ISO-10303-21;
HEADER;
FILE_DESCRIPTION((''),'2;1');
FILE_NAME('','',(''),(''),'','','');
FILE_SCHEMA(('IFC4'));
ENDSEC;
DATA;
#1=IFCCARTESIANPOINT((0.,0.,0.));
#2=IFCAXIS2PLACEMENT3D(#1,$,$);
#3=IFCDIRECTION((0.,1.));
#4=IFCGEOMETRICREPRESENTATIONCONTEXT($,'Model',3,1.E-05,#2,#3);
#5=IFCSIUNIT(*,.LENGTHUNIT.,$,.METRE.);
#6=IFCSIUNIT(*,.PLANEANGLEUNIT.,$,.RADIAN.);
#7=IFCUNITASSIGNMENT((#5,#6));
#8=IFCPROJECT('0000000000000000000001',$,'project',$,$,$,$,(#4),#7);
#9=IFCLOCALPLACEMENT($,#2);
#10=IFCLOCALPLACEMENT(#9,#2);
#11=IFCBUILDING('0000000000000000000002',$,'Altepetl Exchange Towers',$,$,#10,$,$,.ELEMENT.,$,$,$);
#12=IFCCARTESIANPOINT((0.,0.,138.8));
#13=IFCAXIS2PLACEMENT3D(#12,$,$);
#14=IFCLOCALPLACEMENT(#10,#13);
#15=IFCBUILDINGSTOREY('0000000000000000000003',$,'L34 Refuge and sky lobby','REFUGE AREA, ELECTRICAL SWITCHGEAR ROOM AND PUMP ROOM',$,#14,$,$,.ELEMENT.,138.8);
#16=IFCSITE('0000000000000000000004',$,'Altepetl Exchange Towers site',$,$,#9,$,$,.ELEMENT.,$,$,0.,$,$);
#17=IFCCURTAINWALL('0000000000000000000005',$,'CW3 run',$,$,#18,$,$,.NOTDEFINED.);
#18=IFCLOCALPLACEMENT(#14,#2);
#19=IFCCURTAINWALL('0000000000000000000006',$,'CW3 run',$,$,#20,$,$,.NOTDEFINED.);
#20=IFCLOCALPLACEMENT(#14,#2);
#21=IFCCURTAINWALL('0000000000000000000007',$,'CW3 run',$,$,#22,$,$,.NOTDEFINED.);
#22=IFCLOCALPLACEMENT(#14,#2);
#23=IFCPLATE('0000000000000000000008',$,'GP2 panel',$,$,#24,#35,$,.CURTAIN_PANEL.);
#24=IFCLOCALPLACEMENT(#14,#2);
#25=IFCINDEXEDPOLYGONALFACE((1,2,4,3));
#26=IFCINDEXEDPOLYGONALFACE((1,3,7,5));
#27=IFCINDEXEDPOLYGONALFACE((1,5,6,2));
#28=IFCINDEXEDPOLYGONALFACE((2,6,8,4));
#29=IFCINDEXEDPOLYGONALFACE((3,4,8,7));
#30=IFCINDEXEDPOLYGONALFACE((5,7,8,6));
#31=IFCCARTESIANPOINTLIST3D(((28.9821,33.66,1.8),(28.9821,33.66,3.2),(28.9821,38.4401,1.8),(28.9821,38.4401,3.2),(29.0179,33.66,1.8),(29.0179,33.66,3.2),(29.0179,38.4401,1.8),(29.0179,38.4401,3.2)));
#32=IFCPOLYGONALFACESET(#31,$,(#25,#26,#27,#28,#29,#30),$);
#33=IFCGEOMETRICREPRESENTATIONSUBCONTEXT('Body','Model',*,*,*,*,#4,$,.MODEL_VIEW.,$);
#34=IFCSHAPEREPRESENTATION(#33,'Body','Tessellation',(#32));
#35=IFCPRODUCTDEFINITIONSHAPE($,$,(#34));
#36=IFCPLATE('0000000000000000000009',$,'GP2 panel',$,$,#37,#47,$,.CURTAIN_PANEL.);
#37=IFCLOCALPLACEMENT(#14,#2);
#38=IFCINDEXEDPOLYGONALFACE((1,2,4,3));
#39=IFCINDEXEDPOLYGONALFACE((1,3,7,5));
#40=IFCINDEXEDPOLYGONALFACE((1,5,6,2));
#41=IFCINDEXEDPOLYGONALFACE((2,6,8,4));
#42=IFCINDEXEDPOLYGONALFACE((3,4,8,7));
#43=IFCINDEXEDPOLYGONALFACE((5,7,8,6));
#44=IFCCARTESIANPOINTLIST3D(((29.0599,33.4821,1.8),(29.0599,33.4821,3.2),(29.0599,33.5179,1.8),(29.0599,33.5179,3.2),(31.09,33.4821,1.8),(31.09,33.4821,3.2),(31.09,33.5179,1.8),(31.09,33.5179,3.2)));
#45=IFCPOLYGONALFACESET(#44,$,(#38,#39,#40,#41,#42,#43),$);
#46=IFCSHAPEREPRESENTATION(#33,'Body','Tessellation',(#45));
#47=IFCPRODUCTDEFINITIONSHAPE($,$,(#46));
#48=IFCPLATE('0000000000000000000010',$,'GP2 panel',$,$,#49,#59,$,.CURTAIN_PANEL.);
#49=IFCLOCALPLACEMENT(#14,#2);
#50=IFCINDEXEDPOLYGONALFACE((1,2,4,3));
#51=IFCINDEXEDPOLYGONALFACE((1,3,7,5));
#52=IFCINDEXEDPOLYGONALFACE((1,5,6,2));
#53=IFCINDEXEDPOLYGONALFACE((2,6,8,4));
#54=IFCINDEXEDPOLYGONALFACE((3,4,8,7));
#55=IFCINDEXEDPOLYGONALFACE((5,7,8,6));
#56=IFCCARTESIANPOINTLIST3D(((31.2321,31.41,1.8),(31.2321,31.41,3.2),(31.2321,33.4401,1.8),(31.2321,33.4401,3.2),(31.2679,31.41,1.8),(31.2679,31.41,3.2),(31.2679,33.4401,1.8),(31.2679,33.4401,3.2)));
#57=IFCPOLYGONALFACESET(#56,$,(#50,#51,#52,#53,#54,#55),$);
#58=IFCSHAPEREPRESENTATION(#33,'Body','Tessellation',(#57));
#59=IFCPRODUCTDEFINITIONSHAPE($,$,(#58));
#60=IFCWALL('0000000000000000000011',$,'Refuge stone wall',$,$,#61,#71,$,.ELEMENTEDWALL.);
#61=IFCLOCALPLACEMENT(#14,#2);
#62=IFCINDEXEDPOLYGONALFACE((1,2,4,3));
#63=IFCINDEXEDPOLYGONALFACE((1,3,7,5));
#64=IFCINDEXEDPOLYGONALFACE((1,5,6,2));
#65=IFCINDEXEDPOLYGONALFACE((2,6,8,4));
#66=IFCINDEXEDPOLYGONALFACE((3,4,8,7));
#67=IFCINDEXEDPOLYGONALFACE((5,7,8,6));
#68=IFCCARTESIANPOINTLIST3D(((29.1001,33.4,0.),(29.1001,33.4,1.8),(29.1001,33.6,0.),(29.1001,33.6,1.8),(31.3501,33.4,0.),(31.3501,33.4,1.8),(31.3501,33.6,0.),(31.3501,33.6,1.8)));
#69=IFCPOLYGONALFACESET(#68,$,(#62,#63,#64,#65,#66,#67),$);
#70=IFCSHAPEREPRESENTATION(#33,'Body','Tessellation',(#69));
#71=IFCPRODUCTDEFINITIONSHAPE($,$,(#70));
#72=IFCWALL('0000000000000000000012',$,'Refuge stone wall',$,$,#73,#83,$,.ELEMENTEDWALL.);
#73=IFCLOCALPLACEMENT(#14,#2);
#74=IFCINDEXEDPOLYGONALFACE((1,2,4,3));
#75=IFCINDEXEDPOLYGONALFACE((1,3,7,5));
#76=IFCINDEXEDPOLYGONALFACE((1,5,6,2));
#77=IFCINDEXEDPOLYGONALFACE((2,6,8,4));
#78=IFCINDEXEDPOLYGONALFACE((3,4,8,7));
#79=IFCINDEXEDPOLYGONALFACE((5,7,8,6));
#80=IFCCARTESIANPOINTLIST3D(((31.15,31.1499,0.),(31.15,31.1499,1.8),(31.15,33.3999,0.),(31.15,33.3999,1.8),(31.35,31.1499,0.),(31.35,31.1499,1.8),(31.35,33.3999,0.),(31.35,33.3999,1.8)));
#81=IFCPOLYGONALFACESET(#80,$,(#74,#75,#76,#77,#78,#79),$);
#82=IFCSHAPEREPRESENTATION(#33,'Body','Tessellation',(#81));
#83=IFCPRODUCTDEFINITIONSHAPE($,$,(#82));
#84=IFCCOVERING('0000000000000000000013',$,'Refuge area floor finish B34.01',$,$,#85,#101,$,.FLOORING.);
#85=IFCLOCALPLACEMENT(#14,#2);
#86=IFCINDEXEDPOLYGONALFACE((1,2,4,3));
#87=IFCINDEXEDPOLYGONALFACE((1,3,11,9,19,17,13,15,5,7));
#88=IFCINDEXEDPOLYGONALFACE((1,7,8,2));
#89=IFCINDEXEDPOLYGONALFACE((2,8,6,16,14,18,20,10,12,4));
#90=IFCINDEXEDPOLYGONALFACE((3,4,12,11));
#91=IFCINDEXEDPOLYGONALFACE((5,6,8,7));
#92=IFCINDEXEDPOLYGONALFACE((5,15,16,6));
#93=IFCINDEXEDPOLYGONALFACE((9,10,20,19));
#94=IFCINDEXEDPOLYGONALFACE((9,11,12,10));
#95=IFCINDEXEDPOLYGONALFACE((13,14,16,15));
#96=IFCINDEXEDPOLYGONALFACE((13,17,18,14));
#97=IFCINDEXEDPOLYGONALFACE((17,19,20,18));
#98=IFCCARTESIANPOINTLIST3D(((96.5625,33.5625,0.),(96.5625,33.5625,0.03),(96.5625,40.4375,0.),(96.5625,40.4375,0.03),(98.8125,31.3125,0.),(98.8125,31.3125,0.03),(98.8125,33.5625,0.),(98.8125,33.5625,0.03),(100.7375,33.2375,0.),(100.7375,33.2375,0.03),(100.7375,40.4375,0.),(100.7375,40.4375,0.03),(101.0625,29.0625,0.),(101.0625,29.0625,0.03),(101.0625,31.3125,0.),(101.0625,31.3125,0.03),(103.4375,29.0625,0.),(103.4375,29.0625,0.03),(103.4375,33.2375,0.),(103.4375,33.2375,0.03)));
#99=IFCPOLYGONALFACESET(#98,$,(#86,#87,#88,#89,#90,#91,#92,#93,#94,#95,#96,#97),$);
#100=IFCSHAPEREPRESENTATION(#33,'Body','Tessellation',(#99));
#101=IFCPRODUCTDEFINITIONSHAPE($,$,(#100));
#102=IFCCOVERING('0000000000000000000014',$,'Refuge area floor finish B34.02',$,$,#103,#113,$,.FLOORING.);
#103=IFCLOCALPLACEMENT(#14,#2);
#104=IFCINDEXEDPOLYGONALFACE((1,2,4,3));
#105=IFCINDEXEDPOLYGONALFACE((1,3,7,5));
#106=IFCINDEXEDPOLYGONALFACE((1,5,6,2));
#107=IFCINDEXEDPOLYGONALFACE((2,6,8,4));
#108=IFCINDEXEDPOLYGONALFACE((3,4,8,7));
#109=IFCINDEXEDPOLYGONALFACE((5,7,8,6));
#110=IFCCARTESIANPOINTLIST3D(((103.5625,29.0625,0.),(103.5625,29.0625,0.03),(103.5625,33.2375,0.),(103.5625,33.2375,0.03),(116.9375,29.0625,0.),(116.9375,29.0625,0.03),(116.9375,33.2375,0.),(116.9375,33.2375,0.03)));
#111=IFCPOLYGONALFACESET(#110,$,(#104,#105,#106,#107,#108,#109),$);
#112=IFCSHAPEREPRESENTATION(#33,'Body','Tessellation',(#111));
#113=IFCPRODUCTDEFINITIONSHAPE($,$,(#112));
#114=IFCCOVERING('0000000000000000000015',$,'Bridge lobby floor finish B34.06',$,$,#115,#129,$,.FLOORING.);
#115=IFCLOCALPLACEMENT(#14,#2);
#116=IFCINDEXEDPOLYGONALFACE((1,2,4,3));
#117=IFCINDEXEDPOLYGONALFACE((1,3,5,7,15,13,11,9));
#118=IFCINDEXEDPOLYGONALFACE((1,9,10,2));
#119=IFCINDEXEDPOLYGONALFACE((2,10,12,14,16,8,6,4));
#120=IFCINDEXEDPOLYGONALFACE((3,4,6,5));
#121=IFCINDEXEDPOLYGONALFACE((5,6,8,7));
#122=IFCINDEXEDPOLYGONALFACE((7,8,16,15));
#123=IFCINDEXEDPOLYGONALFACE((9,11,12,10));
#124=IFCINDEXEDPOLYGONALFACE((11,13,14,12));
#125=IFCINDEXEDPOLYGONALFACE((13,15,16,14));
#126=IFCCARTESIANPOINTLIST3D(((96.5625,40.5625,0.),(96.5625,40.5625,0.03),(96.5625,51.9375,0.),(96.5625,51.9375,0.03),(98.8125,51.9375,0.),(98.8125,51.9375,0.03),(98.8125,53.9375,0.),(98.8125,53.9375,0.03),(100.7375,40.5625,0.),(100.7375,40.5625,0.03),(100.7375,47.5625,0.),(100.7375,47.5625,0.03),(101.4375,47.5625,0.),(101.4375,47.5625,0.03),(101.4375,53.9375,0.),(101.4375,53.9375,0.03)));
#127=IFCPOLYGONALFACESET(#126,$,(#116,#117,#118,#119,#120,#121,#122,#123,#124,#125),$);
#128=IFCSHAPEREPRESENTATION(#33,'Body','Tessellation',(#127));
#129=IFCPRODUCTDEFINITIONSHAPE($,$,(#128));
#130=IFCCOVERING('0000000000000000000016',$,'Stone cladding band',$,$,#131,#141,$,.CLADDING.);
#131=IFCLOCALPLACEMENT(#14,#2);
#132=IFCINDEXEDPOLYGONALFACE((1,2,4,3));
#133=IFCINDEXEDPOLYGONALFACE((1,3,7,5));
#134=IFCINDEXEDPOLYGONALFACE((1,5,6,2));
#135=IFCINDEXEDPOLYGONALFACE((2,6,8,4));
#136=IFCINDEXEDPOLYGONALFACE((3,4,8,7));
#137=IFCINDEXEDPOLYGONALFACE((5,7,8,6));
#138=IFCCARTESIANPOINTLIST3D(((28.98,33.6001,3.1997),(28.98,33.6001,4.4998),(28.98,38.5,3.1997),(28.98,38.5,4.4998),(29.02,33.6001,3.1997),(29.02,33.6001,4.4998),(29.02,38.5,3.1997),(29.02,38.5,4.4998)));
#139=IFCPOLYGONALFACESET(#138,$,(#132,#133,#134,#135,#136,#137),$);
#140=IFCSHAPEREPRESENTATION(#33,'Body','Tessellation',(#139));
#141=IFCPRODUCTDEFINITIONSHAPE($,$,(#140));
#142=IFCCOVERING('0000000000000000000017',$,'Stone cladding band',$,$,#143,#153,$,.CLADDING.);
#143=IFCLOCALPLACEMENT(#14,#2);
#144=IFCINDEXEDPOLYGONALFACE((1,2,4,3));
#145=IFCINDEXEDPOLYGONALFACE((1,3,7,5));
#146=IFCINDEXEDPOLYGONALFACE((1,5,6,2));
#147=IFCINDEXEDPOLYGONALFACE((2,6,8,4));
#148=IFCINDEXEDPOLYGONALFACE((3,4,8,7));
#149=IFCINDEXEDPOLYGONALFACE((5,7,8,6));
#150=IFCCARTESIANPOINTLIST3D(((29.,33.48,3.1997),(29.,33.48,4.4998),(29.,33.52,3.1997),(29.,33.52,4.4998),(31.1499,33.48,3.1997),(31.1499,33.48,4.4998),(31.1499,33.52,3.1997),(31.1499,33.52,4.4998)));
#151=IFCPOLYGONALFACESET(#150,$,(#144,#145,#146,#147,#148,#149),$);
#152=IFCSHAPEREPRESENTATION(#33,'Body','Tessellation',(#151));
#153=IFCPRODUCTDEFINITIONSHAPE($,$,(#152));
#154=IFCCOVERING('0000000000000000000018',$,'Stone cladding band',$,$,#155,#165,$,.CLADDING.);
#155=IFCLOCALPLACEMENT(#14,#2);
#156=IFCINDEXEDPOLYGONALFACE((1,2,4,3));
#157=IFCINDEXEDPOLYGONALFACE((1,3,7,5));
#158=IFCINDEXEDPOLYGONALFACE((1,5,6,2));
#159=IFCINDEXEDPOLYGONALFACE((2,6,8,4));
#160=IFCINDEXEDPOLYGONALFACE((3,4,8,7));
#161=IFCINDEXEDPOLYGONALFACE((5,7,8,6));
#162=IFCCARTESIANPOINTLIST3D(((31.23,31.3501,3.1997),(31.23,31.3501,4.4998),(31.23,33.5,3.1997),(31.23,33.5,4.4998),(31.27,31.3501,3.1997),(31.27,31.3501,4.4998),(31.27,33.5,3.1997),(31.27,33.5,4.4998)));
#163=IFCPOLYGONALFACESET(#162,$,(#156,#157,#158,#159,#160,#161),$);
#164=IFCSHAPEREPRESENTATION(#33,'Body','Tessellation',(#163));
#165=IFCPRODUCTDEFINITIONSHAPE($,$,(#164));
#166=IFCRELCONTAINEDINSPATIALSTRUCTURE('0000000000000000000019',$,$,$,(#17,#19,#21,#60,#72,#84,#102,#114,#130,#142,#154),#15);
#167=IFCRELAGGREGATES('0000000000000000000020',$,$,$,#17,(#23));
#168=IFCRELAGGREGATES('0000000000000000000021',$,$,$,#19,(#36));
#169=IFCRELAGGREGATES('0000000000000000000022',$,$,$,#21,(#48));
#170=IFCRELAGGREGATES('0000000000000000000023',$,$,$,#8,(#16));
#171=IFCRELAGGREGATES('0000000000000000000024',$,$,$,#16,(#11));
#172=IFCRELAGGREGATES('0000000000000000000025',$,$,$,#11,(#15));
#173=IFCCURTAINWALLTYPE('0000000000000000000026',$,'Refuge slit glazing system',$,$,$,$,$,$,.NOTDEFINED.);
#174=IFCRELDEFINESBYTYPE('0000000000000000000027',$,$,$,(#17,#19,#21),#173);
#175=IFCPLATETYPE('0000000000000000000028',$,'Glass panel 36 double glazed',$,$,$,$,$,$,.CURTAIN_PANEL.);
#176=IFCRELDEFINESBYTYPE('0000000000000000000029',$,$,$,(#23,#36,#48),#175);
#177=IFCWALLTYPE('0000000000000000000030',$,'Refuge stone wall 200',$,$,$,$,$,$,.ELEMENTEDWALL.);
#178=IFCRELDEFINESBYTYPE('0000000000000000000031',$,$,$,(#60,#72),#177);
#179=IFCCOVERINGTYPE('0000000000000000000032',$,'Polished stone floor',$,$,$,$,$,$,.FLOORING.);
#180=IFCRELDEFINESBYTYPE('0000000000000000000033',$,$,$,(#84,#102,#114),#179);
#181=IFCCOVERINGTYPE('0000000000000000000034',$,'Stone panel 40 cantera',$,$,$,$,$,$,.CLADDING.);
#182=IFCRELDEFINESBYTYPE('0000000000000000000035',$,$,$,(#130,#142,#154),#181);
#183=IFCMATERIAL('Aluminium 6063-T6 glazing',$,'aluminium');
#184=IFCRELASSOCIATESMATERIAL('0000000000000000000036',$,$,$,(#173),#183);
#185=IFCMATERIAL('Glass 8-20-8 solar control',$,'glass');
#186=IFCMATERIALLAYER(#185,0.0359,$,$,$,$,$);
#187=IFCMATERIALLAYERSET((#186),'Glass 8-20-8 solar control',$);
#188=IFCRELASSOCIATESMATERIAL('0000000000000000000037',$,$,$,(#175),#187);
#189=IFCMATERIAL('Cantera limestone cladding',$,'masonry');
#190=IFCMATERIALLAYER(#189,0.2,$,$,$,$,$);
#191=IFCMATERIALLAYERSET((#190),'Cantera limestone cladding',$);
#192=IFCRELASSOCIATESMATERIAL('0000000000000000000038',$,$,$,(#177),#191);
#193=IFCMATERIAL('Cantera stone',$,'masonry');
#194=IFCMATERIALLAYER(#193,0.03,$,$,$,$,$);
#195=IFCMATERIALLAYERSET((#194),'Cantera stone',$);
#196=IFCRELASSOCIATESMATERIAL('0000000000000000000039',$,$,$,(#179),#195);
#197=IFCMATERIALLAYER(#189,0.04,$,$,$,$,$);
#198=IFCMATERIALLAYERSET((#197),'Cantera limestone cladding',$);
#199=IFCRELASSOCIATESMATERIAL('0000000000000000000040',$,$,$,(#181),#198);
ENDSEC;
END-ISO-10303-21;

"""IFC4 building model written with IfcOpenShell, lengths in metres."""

from ifc_helpers import new_model, si_unit, direction, frame, frame_2d, origin, origin_2d, place, context, subcontext, project, spatial, polyline, rectangle, outline, extrude, material, layer, layer_set, type_object, element, aggregate, save


model = new_model("IFC4")

# Units and contexts
model_context = context("Model", 3, precision=1e-05, world=origin(), true_north=direction((0.0, 1.0)))
body_context = subcontext(model_context, "Body", "Model", "MODEL_VIEW")
ifc_project = project(units=[si_unit("LENGTHUNIT", "METRE"), si_unit("PLANEANGLEUNIT", "RADIAN")], contexts=[model_context])

# Site, building, storey
site_placement = place(None, origin())
site = spatial("IfcSite", under=ifc_project, at=site_placement, Name="Altepetl Exchange Towers site", CompositionType="ELEMENT", RefElevation=0.0)
building_placement = place(site_placement, origin())
building = spatial("IfcBuilding", under=site, at=building_placement, Name="Altepetl Exchange Towers", CompositionType="ELEMENT")
storey_placement = place(building_placement, frame((0.0, 0.0, 138.8)))
storey = spatial("IfcBuildingStorey", under=building, at=storey_placement, Name="L34 Refuge and sky lobby", Description="REFUGE AREA, ELECTRICAL SWITCHGEAR ROOM AND PUMP ROOM", CompositionType="ELEMENT", Elevation=138.8)

# Curtain wall
ifc_material_1 = material(Name="Aluminium 6063-T6 glazing", Category="aluminium")
curtain_wall_type = type_object("IfcCurtainWallType", Name="Refuge slit glazing system", PredefinedType="NOTDEFINED", material=ifc_material_1)
curtain_wall_1_placement = place(storey_placement, origin())
curtain_wall_1 = element("IfcCurtainWall", 1, at=curtain_wall_1_placement, inside=storey, type_object=curtain_wall_type, Name="CW3 run", PredefinedType="NOTDEFINED")

# Curtain walls
curtain_wall_2_placement = place(storey_placement, origin())
curtain_wall_2 = element("IfcCurtainWall", 2, at=curtain_wall_2_placement, inside=storey, type_object=curtain_wall_type, Name="CW3 run", PredefinedType="NOTDEFINED")
curtain_wall_3_placement = place(storey_placement, origin())
curtain_wall_3 = element("IfcCurtainWall", 3, at=curtain_wall_3_placement, inside=storey, type_object=curtain_wall_type, Name="CW3 run", PredefinedType="NOTDEFINED")

# Plates
ifc_material_2 = material(Name="Glass 8-20-8 solar control", Category="glass")
ifc_layer_1 = layer(ifc_material_2, 0.0359)
ifc_layer_set_1 = layer_set([ifc_layer_1], Name="Glass 8-20-8 solar control")
plate_type = type_object("IfcPlateType", Name="Glass panel 36 double glazed", PredefinedType="CURTAIN_PANEL", material=ifc_layer_set_1)
plate_1_placement = place(storey_placement, frame((29.0, 36.05, 1.8), z_axis=(0.0, 0.0, 1.0), x_axis=(0.0, -1.0, 0.0)))
plate_1 = element("IfcPlate", 4, at=plate_1_placement, type_object=plate_type, Name="GP2 panel", PredefinedType="CURTAIN_PANEL", context=body_context, shape_type="SweptSolid", body=[
    extrude(rectangle(XDim=4.78, YDim=0.0359, at=origin_2d()), origin(), (0.0, 0.0, 1.0), 1.3999),
])
aggregate(curtain_wall_1, [plate_1])
plate_2_placement = place(storey_placement, frame((30.075, 33.5, 1.8)))
plate_2 = element("IfcPlate", 5, at=plate_2_placement, type_object=plate_type, Name="GP2 panel", PredefinedType="CURTAIN_PANEL", context=body_context, shape_type="SweptSolid", body=[
    extrude(rectangle(XDim=2.03, YDim=0.0359, at=origin_2d()), origin(), (0.0, 0.0, 1.0), 1.3999),
])
aggregate(curtain_wall_2, [plate_2])
plate_3_placement = place(storey_placement, frame((31.25, 32.425, 1.8), z_axis=(0.0, 0.0, 1.0), x_axis=(0.0, -1.0, 0.0)))
plate_3 = element("IfcPlate", 6, at=plate_3_placement, type_object=plate_type, Name="GP2 panel", PredefinedType="CURTAIN_PANEL", context=body_context, shape_type="SweptSolid", body=[
    extrude(rectangle(XDim=2.03, YDim=0.0359, at=origin_2d()), origin(), (0.0, 0.0, 1.0), 1.3999),
])
aggregate(curtain_wall_3, [plate_3])

# Walls
ifc_material_3 = material(Name="Cantera limestone cladding", Category="masonry")
ifc_layer_2 = layer(ifc_material_3, 0.2)
ifc_layer_set_2 = layer_set([ifc_layer_2], Name="Cantera limestone cladding")
wall_type = type_object("IfcWallType", Name="Refuge stone wall 200", PredefinedType="ELEMENTEDWALL", material=ifc_layer_set_2)
wall_1_placement = place(storey_placement, frame((29.1001, 33.5, 0.0)))
element("IfcWall", 7, at=wall_1_placement, inside=storey, type_object=wall_type, Name="Refuge stone wall", PredefinedType="ELEMENTEDWALL", context=body_context, shape_type="SweptSolid", body=[
    extrude(rectangle(XDim=2.25, YDim=0.2, at=frame_2d((1.125, 0.0))), origin(), (0.0, 0.0, 1.0), 1.8),
])
wall_2_placement = place(storey_placement, frame((31.25, 33.3999, 0.0), z_axis=(0.0, 0.0, 1.0), x_axis=(0.0, -1.0, 0.0)))
element("IfcWall", 8, at=wall_2_placement, inside=storey, type_object=wall_type, Name="Refuge stone wall", PredefinedType="ELEMENTEDWALL", context=body_context, shape_type="SweptSolid", body=[
    extrude(rectangle(XDim=2.25, YDim=0.2, at=frame_2d((1.125, 0.0))), origin(), (0.0, 0.0, 1.0), 1.8),
])

# Coverings
ifc_material_4 = material(Name="Cantera stone", Category="masonry")
ifc_layer_3 = layer(ifc_material_4, 0.03)
ifc_layer_set_3 = layer_set([ifc_layer_3], Name="Cantera stone")
covering_type_1 = type_object("IfcCoveringType", Name="Polished stone floor", PredefinedType="FLOORING", material=ifc_layer_set_3)
covering_1_placement = place(storey_placement, origin())
element("IfcCovering", 9, at=covering_1_placement, inside=storey, type_object=covering_type_1, Name="Refuge area floor finish B34.01", PredefinedType="FLOORING", context=body_context, shape_type="SweptSolid", body=[
    extrude(outline(polyline([(103.4375, 29.0625), (103.4375, 33.2375), (100.7375, 33.2375), (100.7375, 40.4375), (96.5625, 40.4375), (96.5625, 33.5625), (98.8125, 33.5625), (98.8125, 31.3125), (101.0625, 31.3125), (101.0625, 29.0625), (103.4375, 29.0625)])), origin(), (0.0, 0.0, 1.0), 0.03),
])
covering_2_placement = place(storey_placement, origin())
element("IfcCovering", 10, at=covering_2_placement, inside=storey, type_object=covering_type_1, Name="Refuge area floor finish B34.02", PredefinedType="FLOORING", context=body_context, shape_type="SweptSolid", body=[
    extrude(outline(polyline([(116.9375, 29.0625), (116.9375, 33.2375), (103.5625, 33.2375), (103.5625, 29.0625), (116.9375, 29.0625)])), origin(), (0.0, 0.0, 1.0), 0.03),
])
covering_3_placement = place(storey_placement, origin())
element("IfcCovering", 11, at=covering_3_placement, inside=storey, type_object=covering_type_1, Name="Bridge lobby floor finish B34.06", PredefinedType="FLOORING", context=body_context, shape_type="SweptSolid", body=[
    extrude(outline(polyline([(101.4375, 47.5625), (101.4375, 53.9375), (98.8125, 53.9375), (98.8125, 51.9375), (96.5625, 51.9375), (96.5625, 40.5625), (100.7375, 40.5625), (100.7375, 47.5625), (101.4375, 47.5625)])), origin(), (0.0, 0.0, 1.0), 0.03),
])
ifc_layer_4 = layer(ifc_material_3, 0.04)
ifc_layer_set_4 = layer_set([ifc_layer_4], Name="Cantera limestone cladding")
covering_type_2 = type_object("IfcCoveringType", Name="Stone panel 40 cantera", PredefinedType="CLADDING", material=ifc_layer_set_4)
covering_4_placement = place(storey_placement, frame((29.0, 36.05, 3.1997), z_axis=(0.0, 0.0, 1.0), x_axis=(0.0, -1.0, 0.0)))
element("IfcCovering", 12, at=covering_4_placement, inside=storey, type_object=covering_type_2, Name="Stone cladding band", PredefinedType="CLADDING", context=body_context, shape_type="SweptSolid", body=[
    extrude(rectangle(XDim=4.8999, YDim=0.04, at=origin_2d()), origin(), (0.0, 0.0, 1.0), 1.3),
])
covering_5_placement = place(storey_placement, frame((30.075, 33.5, 3.1997)))
element("IfcCovering", 13, at=covering_5_placement, inside=storey, type_object=covering_type_2, Name="Stone cladding band", PredefinedType="CLADDING", context=body_context, shape_type="SweptSolid", body=[
    extrude(rectangle(XDim=2.1499, YDim=0.04, at=origin_2d()), origin(), (0.0, 0.0, 1.0), 1.3),
])
covering_6_placement = place(storey_placement, frame((31.25, 32.425, 3.1997), z_axis=(0.0, 0.0, 1.0), x_axis=(0.0, -1.0, 0.0)))
element("IfcCovering", 14, at=covering_6_placement, inside=storey, type_object=covering_type_2, Name="Stone cladding band", PredefinedType="CLADDING", context=body_context, shape_type="SweptSolid", body=[
    extrude(rectangle(XDim=2.1499, YDim=0.04, at=origin_2d()), origin(), (0.0, 0.0, 1.0), 1.3),
])

save(model, "model.ifc")
